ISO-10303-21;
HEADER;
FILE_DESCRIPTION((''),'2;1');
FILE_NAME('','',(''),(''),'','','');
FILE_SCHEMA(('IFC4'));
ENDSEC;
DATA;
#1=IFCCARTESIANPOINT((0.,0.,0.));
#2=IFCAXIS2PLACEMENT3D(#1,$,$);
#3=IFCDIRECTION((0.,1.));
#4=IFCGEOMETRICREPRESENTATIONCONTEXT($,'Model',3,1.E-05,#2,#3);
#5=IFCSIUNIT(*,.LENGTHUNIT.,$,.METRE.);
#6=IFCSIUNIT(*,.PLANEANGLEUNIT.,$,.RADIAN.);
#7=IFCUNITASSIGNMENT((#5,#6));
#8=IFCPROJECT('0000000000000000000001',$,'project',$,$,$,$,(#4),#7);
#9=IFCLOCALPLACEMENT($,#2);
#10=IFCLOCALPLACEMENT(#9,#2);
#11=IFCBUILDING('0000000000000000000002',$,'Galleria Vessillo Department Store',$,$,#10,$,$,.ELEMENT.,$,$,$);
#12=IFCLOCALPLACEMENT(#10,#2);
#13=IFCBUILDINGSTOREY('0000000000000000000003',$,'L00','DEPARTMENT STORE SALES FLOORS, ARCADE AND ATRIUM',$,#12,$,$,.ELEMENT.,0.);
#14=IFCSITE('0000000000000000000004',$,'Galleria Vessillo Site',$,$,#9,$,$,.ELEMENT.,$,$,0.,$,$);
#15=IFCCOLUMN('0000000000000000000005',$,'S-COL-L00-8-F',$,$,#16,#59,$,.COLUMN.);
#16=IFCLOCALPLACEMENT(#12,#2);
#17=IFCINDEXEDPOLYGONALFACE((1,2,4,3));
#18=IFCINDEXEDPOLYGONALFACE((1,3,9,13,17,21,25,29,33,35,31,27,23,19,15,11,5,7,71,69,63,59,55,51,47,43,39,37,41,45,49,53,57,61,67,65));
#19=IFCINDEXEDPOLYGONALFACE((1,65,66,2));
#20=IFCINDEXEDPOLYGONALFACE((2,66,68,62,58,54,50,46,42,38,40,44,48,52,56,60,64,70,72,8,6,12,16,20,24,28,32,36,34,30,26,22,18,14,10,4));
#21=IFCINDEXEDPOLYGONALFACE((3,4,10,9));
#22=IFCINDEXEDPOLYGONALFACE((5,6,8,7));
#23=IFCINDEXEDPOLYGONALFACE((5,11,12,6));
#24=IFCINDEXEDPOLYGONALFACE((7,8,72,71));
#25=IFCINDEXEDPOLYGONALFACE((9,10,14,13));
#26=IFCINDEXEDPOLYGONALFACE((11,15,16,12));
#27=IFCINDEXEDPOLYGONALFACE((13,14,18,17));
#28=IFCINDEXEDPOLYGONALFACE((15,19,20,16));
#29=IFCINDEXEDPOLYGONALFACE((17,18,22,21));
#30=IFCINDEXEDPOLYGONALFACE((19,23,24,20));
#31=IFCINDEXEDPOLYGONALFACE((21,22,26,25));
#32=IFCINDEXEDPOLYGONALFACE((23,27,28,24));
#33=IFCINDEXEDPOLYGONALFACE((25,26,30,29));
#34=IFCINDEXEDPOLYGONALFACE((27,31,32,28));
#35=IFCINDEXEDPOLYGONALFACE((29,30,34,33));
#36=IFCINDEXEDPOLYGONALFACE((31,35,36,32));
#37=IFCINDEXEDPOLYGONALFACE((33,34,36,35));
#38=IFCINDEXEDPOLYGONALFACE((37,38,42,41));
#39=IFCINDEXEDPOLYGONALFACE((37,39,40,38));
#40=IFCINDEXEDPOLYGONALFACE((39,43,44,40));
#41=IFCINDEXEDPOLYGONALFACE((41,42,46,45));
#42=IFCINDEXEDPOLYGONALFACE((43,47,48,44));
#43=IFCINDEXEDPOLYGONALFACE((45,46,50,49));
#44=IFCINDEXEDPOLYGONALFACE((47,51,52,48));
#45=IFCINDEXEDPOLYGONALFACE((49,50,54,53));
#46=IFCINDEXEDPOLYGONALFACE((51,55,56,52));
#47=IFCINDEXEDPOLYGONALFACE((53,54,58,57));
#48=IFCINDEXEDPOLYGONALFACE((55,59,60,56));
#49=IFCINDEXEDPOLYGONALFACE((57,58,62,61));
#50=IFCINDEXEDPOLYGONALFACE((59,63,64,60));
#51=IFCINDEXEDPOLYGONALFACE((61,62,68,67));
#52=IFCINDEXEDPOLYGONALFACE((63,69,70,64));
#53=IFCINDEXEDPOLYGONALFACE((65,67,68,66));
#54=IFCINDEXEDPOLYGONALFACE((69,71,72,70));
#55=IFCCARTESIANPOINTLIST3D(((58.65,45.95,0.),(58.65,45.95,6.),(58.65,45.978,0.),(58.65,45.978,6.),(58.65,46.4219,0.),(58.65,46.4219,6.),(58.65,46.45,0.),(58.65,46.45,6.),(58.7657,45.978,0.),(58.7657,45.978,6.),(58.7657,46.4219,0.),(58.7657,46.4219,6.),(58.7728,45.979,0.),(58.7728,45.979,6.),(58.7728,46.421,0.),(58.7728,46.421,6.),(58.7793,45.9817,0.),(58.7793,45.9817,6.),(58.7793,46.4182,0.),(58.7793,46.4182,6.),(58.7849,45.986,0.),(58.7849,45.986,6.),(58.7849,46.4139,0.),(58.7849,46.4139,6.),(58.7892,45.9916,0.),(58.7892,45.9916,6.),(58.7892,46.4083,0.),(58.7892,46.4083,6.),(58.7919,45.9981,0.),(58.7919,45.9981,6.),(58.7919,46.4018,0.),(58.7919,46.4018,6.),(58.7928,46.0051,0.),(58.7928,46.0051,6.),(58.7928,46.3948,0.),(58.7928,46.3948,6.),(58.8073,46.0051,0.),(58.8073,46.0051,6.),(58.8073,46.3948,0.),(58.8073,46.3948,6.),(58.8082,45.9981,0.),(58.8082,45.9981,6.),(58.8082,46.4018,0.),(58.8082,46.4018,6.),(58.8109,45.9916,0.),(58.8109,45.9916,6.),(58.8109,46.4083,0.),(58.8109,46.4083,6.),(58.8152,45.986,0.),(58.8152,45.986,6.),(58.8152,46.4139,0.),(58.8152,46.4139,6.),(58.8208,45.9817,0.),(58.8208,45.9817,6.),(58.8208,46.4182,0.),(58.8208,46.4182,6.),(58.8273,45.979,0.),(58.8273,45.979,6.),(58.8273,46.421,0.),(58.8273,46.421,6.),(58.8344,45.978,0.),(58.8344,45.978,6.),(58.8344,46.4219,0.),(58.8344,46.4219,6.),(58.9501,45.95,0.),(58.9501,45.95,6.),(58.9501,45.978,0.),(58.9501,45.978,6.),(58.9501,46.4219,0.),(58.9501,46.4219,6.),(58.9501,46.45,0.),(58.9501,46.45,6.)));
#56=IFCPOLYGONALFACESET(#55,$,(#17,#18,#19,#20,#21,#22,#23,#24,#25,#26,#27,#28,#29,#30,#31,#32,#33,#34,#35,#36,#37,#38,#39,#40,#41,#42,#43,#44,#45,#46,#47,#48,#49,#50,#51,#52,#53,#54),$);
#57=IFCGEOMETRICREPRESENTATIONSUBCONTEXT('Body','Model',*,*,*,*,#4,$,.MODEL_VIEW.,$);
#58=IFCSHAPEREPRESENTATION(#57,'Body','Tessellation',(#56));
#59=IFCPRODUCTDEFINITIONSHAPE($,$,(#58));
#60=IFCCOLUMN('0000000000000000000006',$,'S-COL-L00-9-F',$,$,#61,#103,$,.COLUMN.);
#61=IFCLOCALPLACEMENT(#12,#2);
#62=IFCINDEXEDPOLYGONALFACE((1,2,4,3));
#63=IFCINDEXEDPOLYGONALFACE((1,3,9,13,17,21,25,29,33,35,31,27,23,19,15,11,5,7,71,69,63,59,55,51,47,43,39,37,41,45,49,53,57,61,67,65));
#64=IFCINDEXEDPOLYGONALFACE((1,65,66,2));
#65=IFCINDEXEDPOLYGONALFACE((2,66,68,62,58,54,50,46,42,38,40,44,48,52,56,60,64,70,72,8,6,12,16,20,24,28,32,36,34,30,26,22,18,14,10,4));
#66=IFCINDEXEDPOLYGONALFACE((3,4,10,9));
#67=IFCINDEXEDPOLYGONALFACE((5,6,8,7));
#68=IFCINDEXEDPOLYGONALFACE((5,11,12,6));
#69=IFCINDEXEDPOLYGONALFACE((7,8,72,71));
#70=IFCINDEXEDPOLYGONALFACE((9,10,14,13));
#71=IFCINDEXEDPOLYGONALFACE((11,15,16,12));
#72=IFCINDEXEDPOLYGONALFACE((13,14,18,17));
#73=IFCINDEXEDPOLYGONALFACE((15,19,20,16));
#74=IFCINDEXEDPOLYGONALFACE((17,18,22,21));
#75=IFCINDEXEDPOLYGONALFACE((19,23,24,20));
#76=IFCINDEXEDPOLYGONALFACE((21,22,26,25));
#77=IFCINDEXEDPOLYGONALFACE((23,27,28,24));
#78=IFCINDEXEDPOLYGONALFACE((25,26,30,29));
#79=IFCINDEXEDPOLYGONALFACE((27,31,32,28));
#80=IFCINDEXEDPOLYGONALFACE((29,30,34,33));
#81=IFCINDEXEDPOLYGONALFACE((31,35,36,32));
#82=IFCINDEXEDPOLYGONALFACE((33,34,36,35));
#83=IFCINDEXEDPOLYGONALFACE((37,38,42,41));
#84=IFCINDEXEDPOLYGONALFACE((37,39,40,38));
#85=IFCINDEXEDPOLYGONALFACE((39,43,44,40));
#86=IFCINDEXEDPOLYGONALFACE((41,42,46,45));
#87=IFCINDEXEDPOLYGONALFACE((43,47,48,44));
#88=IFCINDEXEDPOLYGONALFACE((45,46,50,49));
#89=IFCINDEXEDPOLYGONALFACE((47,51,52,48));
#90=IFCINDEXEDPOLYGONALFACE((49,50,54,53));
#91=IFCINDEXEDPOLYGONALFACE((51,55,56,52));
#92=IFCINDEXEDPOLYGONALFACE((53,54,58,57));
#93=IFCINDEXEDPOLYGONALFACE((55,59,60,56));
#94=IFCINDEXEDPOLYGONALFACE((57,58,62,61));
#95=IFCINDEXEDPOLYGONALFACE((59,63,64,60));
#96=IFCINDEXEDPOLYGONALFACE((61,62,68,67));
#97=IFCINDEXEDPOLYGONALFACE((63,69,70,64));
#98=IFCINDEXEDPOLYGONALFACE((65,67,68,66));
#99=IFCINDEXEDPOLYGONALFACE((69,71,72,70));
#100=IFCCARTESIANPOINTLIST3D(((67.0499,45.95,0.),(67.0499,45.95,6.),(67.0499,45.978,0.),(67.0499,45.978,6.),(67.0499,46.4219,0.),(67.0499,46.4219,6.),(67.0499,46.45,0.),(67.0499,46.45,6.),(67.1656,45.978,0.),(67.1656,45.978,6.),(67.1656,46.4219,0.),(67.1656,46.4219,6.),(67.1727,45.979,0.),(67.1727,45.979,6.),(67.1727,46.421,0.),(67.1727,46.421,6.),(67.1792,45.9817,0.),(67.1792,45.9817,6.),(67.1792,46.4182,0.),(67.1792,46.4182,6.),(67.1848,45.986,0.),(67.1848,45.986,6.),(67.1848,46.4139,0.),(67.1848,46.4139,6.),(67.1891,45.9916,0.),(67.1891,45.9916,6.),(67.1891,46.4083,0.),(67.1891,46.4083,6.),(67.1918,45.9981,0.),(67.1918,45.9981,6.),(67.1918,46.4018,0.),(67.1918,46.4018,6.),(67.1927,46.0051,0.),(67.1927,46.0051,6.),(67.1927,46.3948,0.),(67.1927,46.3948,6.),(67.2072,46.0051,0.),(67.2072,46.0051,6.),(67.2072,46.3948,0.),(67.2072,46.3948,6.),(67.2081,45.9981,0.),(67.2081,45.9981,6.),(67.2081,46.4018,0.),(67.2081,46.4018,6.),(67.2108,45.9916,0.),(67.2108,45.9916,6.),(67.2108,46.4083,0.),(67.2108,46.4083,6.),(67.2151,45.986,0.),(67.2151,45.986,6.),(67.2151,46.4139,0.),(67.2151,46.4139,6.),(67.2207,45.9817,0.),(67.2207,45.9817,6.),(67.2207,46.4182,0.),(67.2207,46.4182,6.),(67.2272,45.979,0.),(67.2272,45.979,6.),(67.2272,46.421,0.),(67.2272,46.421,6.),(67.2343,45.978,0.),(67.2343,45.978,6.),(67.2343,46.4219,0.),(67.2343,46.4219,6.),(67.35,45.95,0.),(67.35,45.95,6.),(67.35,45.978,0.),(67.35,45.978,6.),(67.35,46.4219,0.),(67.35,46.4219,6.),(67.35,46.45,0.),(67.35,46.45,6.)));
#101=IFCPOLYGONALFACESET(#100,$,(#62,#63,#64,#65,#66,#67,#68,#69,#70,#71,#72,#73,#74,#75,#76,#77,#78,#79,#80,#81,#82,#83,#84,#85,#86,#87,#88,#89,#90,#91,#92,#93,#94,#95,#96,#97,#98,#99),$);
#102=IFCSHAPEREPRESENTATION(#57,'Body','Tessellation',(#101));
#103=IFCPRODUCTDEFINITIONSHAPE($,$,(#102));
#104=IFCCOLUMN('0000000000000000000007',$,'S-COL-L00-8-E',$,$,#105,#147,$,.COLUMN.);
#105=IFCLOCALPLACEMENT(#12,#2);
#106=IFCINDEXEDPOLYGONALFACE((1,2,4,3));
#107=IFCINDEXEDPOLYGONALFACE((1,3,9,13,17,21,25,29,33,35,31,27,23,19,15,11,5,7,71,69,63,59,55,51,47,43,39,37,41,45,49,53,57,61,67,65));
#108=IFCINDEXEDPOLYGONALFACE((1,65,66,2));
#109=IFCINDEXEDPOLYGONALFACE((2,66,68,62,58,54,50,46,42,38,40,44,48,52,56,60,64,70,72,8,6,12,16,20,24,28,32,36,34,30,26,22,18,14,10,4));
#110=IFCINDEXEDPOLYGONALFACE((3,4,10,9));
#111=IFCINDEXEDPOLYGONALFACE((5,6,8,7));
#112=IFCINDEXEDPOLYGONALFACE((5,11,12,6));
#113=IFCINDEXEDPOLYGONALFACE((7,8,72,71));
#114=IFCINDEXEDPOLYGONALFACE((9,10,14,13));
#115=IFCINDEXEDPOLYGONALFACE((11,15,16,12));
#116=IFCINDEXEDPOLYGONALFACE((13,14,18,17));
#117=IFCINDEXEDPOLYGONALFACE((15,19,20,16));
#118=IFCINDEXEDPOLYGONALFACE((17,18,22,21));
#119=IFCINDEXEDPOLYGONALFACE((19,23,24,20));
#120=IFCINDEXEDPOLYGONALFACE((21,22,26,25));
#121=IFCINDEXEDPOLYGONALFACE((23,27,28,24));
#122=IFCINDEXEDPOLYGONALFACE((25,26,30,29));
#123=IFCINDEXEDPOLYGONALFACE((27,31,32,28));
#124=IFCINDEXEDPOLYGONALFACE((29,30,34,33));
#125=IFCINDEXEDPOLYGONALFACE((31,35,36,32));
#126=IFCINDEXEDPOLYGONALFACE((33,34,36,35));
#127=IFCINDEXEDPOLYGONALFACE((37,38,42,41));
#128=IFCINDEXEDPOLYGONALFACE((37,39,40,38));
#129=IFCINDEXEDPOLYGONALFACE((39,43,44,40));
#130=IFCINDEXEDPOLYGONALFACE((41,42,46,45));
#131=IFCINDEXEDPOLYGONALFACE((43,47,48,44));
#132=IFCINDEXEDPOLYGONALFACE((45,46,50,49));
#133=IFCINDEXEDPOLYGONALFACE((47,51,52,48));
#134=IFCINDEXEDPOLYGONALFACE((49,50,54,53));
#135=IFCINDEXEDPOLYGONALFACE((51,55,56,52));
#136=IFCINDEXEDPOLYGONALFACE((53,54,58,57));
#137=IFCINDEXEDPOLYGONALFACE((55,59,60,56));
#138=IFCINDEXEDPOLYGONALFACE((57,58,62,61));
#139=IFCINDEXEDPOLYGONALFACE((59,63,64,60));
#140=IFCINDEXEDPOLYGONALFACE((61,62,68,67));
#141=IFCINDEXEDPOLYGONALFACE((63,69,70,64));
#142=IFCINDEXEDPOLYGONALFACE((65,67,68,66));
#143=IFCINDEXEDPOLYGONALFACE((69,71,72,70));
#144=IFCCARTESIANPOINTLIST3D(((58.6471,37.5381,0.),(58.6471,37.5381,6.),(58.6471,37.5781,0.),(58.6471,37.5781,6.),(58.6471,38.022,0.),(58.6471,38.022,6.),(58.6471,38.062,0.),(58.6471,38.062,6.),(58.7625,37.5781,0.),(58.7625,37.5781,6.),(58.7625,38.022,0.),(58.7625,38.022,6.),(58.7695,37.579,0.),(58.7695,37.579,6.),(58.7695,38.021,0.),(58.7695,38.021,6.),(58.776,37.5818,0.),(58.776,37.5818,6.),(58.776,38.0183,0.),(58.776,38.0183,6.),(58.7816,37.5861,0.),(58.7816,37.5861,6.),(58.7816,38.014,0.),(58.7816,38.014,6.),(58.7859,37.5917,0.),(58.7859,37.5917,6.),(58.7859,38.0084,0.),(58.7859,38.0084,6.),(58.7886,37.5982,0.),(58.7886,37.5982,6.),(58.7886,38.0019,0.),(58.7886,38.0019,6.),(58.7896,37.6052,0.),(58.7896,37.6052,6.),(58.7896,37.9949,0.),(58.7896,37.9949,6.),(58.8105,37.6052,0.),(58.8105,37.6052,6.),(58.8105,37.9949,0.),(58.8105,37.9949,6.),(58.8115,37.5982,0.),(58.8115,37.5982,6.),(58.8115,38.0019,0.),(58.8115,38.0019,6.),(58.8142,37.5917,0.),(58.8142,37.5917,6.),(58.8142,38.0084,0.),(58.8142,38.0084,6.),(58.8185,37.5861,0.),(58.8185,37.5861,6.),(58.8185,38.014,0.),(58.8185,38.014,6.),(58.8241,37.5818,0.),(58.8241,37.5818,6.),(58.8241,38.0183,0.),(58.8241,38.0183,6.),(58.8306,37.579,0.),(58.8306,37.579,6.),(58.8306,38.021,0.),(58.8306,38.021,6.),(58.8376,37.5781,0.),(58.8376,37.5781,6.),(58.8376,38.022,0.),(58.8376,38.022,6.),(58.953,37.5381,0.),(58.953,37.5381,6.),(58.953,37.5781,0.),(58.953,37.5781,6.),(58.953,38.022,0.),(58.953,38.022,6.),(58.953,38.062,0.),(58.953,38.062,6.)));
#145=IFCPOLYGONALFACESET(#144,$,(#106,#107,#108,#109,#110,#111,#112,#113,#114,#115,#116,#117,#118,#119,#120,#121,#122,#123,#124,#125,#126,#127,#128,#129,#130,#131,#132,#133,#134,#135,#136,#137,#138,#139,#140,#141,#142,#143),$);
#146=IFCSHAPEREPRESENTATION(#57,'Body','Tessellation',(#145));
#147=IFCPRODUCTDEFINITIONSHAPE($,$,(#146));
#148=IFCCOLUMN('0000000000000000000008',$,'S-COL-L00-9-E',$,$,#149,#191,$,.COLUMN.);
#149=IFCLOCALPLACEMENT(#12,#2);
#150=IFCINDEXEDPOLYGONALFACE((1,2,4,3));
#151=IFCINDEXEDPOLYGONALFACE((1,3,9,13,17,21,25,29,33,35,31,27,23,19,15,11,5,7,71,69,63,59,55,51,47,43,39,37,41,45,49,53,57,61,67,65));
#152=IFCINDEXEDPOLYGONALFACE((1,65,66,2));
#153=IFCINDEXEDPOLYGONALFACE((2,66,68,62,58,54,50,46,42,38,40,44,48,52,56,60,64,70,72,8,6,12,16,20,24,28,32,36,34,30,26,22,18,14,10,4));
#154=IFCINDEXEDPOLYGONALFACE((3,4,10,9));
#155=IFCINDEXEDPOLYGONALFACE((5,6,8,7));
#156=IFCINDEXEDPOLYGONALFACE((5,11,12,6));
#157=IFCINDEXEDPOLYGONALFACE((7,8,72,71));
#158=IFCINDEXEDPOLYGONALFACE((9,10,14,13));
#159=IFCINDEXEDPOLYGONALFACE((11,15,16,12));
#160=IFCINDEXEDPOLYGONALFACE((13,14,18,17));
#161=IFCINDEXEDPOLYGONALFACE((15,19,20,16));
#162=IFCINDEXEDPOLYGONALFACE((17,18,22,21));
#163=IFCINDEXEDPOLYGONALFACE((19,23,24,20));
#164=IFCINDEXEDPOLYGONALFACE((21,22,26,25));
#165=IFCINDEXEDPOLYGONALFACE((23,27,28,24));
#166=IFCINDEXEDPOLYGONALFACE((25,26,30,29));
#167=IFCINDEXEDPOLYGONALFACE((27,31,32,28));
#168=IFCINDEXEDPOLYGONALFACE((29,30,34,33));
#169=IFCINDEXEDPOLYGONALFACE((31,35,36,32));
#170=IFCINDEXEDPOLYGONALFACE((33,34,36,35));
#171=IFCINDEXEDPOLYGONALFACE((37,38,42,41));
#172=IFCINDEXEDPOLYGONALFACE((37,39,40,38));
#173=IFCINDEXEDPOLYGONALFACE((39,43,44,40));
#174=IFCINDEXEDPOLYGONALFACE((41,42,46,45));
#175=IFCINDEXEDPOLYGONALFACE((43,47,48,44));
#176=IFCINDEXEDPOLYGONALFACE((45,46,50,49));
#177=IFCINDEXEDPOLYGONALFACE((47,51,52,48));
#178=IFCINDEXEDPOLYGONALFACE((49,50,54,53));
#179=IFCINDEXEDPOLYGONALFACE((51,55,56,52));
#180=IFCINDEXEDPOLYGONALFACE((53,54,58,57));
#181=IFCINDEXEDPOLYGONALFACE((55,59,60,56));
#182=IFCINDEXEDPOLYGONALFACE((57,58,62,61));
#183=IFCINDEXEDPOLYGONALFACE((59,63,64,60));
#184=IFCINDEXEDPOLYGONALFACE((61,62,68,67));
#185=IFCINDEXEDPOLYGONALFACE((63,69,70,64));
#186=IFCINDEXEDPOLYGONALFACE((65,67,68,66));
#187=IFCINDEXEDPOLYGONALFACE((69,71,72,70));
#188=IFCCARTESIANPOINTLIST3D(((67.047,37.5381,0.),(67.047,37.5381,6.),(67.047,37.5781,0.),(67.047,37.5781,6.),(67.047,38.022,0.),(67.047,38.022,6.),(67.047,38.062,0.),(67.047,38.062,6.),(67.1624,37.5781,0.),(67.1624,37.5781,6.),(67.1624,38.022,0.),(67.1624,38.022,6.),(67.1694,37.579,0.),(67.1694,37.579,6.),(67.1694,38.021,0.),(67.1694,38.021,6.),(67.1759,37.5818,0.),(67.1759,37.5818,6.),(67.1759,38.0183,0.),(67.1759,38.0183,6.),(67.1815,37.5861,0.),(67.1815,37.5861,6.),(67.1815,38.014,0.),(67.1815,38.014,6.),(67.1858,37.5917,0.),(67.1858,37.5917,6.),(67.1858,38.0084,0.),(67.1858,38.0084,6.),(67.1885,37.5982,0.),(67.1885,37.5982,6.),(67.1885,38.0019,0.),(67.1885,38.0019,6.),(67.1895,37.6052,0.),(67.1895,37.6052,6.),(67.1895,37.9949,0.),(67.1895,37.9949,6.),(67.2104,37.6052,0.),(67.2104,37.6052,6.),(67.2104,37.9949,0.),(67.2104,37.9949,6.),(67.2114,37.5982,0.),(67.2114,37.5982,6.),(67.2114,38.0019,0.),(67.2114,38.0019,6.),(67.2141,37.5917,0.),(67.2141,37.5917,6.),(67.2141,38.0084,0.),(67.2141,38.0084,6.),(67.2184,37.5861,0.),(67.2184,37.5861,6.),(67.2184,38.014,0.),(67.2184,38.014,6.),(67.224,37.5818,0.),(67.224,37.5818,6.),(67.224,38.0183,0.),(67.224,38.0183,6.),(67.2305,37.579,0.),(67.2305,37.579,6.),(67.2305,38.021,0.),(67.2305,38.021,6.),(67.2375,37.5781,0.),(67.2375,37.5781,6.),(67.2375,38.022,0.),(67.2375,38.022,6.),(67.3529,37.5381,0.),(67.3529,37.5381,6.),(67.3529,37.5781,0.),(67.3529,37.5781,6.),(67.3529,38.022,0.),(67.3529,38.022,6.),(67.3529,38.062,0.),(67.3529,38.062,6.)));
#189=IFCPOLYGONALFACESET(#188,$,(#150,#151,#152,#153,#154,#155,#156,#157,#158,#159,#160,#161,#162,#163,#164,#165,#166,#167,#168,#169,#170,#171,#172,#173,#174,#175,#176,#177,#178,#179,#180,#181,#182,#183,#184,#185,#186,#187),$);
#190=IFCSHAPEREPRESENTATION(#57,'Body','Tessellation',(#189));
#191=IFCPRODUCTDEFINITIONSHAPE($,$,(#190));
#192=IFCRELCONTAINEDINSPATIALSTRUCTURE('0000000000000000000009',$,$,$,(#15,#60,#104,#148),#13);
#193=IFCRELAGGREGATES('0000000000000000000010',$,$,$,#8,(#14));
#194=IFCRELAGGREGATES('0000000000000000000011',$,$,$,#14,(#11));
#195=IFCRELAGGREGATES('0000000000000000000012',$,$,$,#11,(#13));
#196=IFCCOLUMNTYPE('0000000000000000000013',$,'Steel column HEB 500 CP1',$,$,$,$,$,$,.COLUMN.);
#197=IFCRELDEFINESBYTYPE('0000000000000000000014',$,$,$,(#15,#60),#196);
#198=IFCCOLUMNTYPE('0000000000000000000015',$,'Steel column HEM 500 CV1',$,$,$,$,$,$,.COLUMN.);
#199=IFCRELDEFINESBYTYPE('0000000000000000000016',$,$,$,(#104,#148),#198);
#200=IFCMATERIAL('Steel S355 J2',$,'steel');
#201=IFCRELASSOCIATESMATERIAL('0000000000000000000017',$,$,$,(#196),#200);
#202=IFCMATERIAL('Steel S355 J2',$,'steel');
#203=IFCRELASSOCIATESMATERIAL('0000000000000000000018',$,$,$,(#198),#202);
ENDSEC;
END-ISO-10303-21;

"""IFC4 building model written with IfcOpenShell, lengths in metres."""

from ifc_helpers import new_model, si_unit, direction, frame, origin, origin_2d, place, context, subcontext, project, spatial, i_section, extrude, material, material_profile, profile_set, type_object, element, save


model = new_model("IFC4")

# Units and contexts
model_context = context("Model", 3, precision=1e-05, world=origin(), true_north=direction((0.0, 1.0)))
body_context = subcontext(model_context, "Body", "Model", "MODEL_VIEW")
ifc_project = project(units=[si_unit("LENGTHUNIT", "METRE"), si_unit("PLANEANGLEUNIT", "RADIAN")], contexts=[model_context])

# Site, building, storey
site_placement = place(None, origin())
site = spatial("IfcSite", under=ifc_project, at=site_placement, Name="Galleria Vessillo Site", CompositionType="ELEMENT", RefElevation=0.0)
building_placement = place(site_placement, origin())
building = spatial("IfcBuilding", under=site, at=building_placement, Name="Galleria Vessillo Department Store", CompositionType="ELEMENT")
storey_placement = place(building_placement, origin())
storey = spatial("IfcBuildingStorey", under=building, at=storey_placement, Name="L00", Description="DEPARTMENT STORE SALES FLOORS, ARCADE AND ATRIUM", CompositionType="ELEMENT", Elevation=0.0)

# Columns
ifc_material_1 = material(Name="Steel S355 J2", Category="steel")
ifc_material_profile_1 = material_profile(ifc_material_1, i_section(OverallWidth=0.3, OverallDepth=0.5, WebThickness=0.0144, FlangeThickness=0.0281, FilletRadius=0.0271, at=origin_2d()), Name="HEB 500")
ifc_profile_set_1 = profile_set([ifc_material_profile_1], Name="Steel S355 J2")
column_type_1 = type_object("IfcColumnType", Name="Steel column HEB 500 CP1", PredefinedType="COLUMN", material=ifc_profile_set_1)
for number, where, z_axis, x_axis, name in (
    (1, (58.8, 46.2, 0.0), (0.0, 0.0, 1.0), (1.0, 0.0, 0.0), "S-COL-L00-8-F"),
    (2, (67.2, 46.2, 0.0), (0.0, 0.0, 1.0), (1.0, 0.0, 0.0), "S-COL-L00-9-F"),
):
    element("IfcColumn", number, at=place(storey_placement, frame(where, z_axis=z_axis, x_axis=x_axis)), inside=storey, type_object=column_type_1, Name=name, PredefinedType="COLUMN", context=body_context, shape_type="SweptSolid", body=[
        extrude(i_section(OverallWidth=0.3, OverallDepth=0.5, WebThickness=0.0144, FlangeThickness=0.0281, FilletRadius=0.0271, at=origin_2d()), origin(), (0.0, 0.0, 1.0), 6.0),
    ])
ifc_material_2 = material(Name="Steel S355 J2", Category="steel")
ifc_material_profile_2 = material_profile(ifc_material_2, i_section(OverallWidth=0.3059, OverallDepth=0.5239, WebThickness=0.021, FlangeThickness=0.04, FilletRadius=0.0271, at=origin_2d()), Name="HEM 500")
ifc_profile_set_2 = profile_set([ifc_material_profile_2], Name="Steel S355 J2")
column_type_2 = type_object("IfcColumnType", Name="Steel column HEM 500 CV1", PredefinedType="COLUMN", material=ifc_profile_set_2)
for number, where, z_axis, x_axis, name in (
    (3, (58.8, 37.8, 0.0), (0.0, 0.0, 1.0), (1.0, 0.0, 0.0), "S-COL-L00-8-E"),
    (4, (67.2, 37.8, 0.0), (0.0, 0.0, 1.0), (1.0, 0.0, 0.0), "S-COL-L00-9-E"),
):
    element("IfcColumn", number, at=place(storey_placement, frame(where, z_axis=z_axis, x_axis=x_axis)), inside=storey, type_object=column_type_2, Name=name, PredefinedType="COLUMN", context=body_context, shape_type="SweptSolid", body=[
        extrude(i_section(OverallWidth=0.3059, OverallDepth=0.5239, WebThickness=0.021, FlangeThickness=0.04, FilletRadius=0.0271, at=origin_2d()), origin(), (0.0, 0.0, 1.0), 6.0),
    ])

save(model, "model.ifc")
